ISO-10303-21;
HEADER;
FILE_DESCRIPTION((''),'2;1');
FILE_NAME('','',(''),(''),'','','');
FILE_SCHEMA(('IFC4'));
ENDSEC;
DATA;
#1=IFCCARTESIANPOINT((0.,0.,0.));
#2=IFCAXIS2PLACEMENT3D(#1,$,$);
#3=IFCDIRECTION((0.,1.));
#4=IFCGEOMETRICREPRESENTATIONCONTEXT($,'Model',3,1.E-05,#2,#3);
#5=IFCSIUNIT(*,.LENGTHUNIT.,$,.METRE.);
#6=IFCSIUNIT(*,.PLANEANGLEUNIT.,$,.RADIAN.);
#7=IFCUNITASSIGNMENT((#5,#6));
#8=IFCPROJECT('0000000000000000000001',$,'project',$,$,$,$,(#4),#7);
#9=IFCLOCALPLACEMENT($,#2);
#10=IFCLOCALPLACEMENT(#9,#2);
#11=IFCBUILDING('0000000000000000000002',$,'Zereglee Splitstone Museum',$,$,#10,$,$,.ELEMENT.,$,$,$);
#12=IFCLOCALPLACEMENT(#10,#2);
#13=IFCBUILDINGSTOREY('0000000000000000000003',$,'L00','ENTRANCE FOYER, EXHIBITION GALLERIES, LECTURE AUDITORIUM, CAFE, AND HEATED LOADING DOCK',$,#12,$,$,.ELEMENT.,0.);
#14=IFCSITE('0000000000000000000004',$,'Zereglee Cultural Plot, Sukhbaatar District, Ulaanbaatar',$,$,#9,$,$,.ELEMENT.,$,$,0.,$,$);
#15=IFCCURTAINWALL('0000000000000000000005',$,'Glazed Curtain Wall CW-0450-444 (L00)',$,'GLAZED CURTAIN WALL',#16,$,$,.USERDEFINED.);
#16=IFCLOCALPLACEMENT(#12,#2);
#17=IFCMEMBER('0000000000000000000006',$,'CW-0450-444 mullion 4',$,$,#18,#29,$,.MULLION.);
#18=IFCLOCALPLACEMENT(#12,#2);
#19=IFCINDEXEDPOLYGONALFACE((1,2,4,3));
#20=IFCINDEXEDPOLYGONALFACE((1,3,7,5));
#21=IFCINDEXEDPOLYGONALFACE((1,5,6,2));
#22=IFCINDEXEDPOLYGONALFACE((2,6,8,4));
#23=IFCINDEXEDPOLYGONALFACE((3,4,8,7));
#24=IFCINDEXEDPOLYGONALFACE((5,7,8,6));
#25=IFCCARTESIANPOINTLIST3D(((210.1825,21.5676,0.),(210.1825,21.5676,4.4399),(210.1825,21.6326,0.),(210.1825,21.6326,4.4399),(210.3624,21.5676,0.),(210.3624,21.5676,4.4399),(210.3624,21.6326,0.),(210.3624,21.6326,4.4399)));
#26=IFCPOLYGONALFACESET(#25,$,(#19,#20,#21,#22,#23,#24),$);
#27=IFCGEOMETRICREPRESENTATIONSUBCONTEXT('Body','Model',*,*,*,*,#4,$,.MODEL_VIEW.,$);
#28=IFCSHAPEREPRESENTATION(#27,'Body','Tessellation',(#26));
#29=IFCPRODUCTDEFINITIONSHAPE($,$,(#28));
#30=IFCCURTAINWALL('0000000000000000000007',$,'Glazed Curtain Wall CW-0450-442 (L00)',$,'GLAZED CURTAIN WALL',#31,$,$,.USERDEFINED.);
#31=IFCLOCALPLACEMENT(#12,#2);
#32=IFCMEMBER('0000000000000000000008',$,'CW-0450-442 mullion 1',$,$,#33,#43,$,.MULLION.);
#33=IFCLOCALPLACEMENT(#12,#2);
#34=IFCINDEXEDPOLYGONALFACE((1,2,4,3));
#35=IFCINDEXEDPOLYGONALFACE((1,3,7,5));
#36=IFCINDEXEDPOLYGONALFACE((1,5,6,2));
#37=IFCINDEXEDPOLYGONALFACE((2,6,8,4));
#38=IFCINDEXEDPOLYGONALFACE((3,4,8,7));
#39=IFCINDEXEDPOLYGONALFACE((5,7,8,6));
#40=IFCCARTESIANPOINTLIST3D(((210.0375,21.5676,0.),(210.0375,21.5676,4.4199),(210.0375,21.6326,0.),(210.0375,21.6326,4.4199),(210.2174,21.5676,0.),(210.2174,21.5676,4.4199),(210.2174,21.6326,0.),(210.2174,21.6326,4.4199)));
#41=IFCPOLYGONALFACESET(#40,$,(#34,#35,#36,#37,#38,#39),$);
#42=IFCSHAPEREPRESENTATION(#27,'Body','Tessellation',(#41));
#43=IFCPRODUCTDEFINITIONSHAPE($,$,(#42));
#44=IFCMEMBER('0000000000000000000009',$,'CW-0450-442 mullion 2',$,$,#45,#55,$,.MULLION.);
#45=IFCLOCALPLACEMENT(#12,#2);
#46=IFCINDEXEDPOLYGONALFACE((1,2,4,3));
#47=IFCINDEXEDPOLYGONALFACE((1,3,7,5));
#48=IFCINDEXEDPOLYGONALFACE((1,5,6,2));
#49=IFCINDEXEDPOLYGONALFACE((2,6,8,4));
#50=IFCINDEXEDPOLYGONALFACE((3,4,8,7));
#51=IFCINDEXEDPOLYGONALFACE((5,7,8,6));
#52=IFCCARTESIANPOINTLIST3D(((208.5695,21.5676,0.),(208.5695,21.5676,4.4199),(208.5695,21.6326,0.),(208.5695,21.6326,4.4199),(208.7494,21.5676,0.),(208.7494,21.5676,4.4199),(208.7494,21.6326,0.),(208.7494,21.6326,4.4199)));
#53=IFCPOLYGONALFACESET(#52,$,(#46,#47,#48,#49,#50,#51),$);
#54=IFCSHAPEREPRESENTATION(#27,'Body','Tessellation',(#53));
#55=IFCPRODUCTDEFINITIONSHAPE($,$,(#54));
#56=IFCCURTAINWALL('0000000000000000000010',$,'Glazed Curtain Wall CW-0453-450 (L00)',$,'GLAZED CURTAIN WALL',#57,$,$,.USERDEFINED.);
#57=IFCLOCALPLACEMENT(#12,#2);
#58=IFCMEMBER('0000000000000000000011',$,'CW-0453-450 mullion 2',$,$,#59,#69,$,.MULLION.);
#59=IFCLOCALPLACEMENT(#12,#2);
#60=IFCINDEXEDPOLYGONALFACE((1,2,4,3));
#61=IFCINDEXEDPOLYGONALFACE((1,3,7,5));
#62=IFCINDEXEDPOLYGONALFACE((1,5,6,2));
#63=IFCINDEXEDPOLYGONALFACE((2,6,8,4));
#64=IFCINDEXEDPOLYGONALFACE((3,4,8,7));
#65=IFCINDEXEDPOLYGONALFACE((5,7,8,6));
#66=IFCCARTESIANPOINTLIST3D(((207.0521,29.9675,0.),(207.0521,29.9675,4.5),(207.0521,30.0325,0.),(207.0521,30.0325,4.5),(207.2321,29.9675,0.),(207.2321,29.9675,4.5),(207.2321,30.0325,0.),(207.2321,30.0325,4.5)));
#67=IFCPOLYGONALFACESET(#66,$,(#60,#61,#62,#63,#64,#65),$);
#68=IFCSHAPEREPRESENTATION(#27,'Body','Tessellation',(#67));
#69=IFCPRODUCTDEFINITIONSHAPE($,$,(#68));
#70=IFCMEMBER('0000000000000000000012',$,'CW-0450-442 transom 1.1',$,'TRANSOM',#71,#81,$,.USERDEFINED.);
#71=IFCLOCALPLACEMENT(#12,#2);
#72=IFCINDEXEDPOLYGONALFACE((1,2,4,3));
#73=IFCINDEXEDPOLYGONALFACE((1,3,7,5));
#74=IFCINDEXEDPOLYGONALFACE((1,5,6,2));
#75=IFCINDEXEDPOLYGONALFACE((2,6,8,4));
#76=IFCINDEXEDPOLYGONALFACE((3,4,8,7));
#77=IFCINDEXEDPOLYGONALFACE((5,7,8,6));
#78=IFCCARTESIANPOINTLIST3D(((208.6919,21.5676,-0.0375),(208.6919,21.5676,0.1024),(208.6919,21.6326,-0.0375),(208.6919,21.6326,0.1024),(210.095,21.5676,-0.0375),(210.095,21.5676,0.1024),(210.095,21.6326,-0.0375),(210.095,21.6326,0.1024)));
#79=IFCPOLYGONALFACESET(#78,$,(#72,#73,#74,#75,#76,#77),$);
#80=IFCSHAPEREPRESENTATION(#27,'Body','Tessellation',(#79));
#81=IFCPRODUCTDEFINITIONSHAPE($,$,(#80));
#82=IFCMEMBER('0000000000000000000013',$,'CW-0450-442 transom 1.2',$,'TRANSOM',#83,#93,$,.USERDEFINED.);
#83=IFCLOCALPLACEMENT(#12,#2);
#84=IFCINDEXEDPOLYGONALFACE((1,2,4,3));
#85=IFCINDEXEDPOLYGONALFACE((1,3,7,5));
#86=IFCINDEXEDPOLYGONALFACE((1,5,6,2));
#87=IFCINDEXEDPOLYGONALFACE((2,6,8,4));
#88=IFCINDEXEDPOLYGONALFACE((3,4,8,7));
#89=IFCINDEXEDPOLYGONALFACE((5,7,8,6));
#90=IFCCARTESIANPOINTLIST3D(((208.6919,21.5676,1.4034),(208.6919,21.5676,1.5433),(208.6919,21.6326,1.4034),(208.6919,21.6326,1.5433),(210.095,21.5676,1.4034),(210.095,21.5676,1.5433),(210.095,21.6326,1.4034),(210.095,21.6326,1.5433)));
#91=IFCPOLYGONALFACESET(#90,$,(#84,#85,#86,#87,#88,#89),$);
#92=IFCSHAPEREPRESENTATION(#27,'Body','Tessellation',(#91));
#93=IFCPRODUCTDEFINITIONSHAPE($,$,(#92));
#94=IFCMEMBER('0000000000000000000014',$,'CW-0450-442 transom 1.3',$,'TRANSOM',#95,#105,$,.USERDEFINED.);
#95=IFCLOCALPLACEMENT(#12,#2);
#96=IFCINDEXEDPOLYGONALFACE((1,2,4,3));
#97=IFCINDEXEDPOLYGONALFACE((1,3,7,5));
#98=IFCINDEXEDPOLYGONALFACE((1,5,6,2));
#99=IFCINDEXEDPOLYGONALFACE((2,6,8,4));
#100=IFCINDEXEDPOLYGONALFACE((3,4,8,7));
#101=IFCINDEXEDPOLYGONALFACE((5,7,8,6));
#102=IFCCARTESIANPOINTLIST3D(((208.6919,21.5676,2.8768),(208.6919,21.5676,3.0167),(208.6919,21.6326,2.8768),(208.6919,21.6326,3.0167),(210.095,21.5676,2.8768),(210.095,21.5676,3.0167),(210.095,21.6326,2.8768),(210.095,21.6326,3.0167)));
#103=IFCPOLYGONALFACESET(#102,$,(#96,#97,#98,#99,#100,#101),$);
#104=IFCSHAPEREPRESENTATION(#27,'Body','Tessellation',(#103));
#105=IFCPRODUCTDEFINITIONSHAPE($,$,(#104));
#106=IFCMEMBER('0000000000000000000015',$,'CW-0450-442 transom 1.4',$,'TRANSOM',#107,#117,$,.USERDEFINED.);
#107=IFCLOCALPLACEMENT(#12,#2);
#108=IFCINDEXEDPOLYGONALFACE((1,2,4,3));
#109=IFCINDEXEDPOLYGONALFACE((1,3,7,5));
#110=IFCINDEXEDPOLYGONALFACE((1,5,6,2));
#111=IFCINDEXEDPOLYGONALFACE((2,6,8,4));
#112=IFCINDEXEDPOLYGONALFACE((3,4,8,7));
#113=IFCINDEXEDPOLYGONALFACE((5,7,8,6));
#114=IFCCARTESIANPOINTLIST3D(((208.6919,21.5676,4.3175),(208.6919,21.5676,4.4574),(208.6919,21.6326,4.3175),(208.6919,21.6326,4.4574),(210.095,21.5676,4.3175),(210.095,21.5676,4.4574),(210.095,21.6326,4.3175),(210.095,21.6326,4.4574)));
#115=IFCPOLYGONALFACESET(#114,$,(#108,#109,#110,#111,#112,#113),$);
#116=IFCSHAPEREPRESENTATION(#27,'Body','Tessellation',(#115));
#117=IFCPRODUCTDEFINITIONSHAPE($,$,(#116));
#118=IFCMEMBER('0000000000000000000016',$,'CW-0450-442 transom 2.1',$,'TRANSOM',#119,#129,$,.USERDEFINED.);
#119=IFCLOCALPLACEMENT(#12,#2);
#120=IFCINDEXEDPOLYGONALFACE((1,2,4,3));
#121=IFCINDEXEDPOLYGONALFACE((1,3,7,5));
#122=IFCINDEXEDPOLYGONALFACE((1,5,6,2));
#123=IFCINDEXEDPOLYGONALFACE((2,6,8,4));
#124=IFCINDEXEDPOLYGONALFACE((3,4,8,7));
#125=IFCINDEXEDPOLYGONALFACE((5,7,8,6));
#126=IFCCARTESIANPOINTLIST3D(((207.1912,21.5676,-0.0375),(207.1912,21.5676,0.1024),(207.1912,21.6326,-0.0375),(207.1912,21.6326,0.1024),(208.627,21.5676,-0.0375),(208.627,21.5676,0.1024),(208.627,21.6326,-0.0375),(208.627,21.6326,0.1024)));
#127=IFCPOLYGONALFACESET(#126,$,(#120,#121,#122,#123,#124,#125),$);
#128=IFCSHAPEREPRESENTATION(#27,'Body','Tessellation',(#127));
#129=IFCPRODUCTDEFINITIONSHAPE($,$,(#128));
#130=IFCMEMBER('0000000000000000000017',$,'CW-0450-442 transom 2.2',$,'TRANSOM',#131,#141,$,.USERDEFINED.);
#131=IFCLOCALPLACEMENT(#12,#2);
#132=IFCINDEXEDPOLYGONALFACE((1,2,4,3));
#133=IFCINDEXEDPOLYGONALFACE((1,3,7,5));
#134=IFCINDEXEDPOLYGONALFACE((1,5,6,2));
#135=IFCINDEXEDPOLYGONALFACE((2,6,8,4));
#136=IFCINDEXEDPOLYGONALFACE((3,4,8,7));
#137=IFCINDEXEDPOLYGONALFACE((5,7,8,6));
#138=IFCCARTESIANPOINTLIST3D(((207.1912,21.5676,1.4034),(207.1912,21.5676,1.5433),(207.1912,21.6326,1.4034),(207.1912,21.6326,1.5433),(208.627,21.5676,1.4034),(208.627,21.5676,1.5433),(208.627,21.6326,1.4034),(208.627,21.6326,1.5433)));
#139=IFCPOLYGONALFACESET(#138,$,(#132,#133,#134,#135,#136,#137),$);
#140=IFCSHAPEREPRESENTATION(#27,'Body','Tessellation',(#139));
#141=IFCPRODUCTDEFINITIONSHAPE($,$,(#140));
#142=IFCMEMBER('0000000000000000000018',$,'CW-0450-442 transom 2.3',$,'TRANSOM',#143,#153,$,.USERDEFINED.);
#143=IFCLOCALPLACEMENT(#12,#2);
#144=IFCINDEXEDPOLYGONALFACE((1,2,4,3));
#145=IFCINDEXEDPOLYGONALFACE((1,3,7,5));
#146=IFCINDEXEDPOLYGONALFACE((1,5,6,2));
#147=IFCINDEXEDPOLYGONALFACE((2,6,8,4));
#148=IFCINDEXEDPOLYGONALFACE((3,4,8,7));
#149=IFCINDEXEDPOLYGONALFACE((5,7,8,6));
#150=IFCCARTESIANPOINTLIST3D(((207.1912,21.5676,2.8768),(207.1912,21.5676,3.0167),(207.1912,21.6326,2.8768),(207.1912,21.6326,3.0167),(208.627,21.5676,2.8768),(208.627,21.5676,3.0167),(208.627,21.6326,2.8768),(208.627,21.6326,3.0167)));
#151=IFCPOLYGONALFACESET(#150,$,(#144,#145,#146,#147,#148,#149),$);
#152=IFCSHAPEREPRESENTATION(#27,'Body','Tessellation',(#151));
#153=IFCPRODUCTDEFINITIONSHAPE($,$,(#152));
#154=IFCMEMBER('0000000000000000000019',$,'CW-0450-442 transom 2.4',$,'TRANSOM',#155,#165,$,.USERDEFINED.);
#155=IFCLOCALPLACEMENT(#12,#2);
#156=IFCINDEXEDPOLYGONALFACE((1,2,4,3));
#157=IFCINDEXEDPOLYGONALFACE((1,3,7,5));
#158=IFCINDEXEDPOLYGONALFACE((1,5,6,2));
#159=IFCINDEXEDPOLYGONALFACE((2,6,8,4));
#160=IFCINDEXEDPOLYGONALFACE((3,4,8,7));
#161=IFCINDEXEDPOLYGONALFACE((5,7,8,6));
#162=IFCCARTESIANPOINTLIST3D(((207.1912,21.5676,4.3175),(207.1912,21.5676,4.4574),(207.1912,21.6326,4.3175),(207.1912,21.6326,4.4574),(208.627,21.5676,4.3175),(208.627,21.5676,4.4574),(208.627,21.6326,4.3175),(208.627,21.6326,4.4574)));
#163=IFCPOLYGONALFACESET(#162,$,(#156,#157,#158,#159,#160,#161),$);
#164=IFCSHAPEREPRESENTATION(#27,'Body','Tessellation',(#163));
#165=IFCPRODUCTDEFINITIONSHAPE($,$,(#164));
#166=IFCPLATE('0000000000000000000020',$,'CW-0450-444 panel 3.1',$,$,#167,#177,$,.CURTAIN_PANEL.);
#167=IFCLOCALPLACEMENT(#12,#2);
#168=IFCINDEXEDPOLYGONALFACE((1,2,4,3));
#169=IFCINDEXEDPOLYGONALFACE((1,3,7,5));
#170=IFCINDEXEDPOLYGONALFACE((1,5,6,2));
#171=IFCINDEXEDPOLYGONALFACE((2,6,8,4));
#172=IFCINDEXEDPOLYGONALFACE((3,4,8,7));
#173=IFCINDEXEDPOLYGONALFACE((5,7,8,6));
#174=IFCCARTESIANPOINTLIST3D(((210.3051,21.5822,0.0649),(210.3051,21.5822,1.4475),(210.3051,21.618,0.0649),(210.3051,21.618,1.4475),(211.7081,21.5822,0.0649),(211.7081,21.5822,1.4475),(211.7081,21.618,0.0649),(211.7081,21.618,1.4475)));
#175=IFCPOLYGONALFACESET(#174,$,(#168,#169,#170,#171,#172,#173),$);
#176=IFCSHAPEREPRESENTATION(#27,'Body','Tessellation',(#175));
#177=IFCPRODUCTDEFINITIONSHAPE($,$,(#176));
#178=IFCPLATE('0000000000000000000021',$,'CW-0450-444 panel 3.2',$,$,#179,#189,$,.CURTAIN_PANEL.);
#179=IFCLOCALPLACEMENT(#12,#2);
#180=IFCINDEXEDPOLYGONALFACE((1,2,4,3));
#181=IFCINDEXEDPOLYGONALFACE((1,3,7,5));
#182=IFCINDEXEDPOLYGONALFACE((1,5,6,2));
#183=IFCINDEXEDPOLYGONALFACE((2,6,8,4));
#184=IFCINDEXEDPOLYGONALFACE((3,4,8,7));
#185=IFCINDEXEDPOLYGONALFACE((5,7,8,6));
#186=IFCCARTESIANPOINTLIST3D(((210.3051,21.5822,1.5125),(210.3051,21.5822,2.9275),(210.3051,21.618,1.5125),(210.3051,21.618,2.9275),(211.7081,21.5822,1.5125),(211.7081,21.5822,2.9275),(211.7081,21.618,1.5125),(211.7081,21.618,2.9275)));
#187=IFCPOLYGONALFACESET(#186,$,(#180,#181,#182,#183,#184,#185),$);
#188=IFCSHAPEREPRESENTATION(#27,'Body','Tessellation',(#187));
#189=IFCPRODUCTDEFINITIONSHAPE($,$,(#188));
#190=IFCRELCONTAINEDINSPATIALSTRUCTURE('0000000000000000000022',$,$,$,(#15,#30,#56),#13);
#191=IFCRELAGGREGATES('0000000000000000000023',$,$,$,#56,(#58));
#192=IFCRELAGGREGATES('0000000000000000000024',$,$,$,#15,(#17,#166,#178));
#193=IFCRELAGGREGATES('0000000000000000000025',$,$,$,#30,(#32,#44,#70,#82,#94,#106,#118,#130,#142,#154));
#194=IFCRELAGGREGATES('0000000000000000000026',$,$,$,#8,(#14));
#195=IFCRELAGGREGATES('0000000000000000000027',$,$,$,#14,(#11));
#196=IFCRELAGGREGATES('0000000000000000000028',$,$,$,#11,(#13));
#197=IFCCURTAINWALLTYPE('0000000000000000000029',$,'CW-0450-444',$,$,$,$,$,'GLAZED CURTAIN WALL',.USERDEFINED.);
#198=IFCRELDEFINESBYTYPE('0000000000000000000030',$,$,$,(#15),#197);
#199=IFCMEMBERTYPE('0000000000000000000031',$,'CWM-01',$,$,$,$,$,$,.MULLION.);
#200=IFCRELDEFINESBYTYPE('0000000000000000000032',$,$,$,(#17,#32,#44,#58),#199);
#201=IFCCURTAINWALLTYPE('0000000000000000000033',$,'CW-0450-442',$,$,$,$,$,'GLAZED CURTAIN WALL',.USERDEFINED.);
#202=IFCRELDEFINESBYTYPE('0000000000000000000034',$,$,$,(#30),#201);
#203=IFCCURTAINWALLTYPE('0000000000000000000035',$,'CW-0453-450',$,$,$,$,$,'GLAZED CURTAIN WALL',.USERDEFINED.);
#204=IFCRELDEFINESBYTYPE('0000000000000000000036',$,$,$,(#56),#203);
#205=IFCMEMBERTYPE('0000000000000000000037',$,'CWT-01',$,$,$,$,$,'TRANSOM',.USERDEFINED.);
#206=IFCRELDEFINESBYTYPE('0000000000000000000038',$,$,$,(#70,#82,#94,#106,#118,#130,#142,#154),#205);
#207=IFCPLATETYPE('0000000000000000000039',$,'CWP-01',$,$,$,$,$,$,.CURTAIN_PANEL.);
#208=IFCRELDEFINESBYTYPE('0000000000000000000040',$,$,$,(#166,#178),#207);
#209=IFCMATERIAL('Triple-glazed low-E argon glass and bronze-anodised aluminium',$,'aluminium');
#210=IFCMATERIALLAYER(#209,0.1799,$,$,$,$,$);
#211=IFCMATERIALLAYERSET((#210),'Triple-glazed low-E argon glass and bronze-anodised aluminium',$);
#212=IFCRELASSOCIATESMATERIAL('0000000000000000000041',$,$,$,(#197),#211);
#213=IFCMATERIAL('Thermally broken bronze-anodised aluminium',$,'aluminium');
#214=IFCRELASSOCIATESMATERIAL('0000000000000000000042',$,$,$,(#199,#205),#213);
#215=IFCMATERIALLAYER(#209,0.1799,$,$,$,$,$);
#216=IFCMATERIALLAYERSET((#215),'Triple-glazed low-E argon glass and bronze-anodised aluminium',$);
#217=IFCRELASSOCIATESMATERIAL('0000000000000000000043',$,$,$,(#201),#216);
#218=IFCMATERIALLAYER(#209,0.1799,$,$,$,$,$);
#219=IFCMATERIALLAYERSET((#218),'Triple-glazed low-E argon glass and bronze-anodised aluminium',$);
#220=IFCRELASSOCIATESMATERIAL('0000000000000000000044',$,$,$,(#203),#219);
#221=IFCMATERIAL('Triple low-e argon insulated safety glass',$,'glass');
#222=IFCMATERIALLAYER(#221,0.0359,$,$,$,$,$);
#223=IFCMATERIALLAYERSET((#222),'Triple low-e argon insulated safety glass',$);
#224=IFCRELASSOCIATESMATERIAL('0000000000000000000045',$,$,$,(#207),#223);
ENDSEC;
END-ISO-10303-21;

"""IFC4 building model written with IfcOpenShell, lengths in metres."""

from ifc_helpers import new_model, si_unit, direction, frame, origin, origin_2d, place, context, subcontext, project, spatial, rectangle, extrude, material, layer, layer_set, material_profile, profile_set, type_object, element, aggregate, save


model = new_model("IFC4")

# Units and contexts
model_context = context("Model", 3, precision=1e-05, world=origin(), true_north=direction((0.0, 1.0)))
body_context = subcontext(model_context, "Body", "Model", "MODEL_VIEW")
ifc_project = project(units=[si_unit("LENGTHUNIT", "METRE"), si_unit("PLANEANGLEUNIT", "RADIAN")], contexts=[model_context])

# Site, building, storey
site_placement = place(None, origin())
site = spatial("IfcSite", under=ifc_project, at=site_placement, Name="Zereglee Cultural Plot, Sukhbaatar District, Ulaanbaatar", CompositionType="ELEMENT", RefElevation=0.0)
building_placement = place(site_placement, origin())
building = spatial("IfcBuilding", under=site, at=building_placement, Name="Zereglee Splitstone Museum", CompositionType="ELEMENT")
storey_placement = place(building_placement, origin())
storey = spatial("IfcBuildingStorey", under=building, at=storey_placement, Name="L00", Description="ENTRANCE FOYER, EXHIBITION GALLERIES, LECTURE AUDITORIUM, CAFE, AND HEATED LOADING DOCK", CompositionType="ELEMENT", Elevation=0.0)

# Curtain wall, member
ifc_material_1 = material(Name="Triple-glazed low-E argon glass and bronze-anodised aluminium", Category="aluminium")
ifc_layer_1 = layer(ifc_material_1, 0.1799)
ifc_layer_set_1 = layer_set([ifc_layer_1], Name="Triple-glazed low-E argon glass and bronze-anodised aluminium")
curtain_wall_type_1 = type_object("IfcCurtainWallType", Name="CW-0450-444", ElementType="GLAZED CURTAIN WALL", PredefinedType="USERDEFINED", material=ifc_layer_set_1)
curtain_wall_1_placement = place(storey_placement, origin())
curtain_wall_1 = element("IfcCurtainWall", 1, at=curtain_wall_1_placement, inside=storey, type_object=curtain_wall_type_1, Name="Glazed Curtain Wall CW-0450-444 (L00)", ObjectType="GLAZED CURTAIN WALL", PredefinedType="USERDEFINED")
ifc_material_2 = material(Name="Thermally broken bronze-anodised aluminium", Category="aluminium")
ifc_material_profile_1 = material_profile(ifc_material_2, rectangle(XDim=0.0649, YDim=0.1799, at=origin_2d()), Name="CW MULL 65x180")
ifc_profile_set_1 = profile_set([ifc_material_profile_1], Name="Thermally broken bronze-anodised aluminium")
member_type_1 = type_object("IfcMemberType", Name="CWM-01", PredefinedType="MULLION", material=ifc_profile_set_1)
member_1_placement = place(storey_placement, frame((210.2725, 21.6001, 0.0), z_axis=(0.0, 0.0, 1.0), x_axis=(0.0, -1.0, 0.0)))
member_1 = element("IfcMember", 2, at=member_1_placement, type_object=member_type_1, Name="CW-0450-444 mullion 4", PredefinedType="MULLION", context=body_context, shape_type="SweptSolid", body=[
    extrude(rectangle(XDim=0.0649, YDim=0.1799, at=origin_2d()), origin(), (0.0, 0.0, 1.0), 4.4399),
])

# Curtain wall, members
ifc_layer_2 = layer(ifc_material_1, 0.1799)
ifc_layer_set_2 = layer_set([ifc_layer_2], Name="Triple-glazed low-E argon glass and bronze-anodised aluminium")
curtain_wall_type_2 = type_object("IfcCurtainWallType", Name="CW-0450-442", ElementType="GLAZED CURTAIN WALL", PredefinedType="USERDEFINED", material=ifc_layer_set_2)
curtain_wall_2_placement = place(storey_placement, origin())
curtain_wall_2 = element("IfcCurtainWall", 3, at=curtain_wall_2_placement, inside=storey, type_object=curtain_wall_type_2, Name="Glazed Curtain Wall CW-0450-442 (L00)", ObjectType="GLAZED CURTAIN WALL", PredefinedType="USERDEFINED")
member_2_placement = place(storey_placement, frame((210.1274, 21.6001, 0.0), z_axis=(0.0, 0.0, 1.0), x_axis=(0.0, -1.0, 0.0)))
member_2 = element("IfcMember", 4, at=member_2_placement, type_object=member_type_1, Name="CW-0450-442 mullion 1", PredefinedType="MULLION", context=body_context, shape_type="SweptSolid", body=[
    extrude(rectangle(XDim=0.0649, YDim=0.1799, at=origin_2d()), origin(), (0.0, 0.0, 1.0), 4.4199),
])
member_3_placement = place(storey_placement, frame((208.6594, 21.6001, 0.0), z_axis=(0.0, 0.0, 1.0), x_axis=(0.0, -1.0, 0.0)))
member_3 = element("IfcMember", 5, at=member_3_placement, type_object=member_type_1, Name="CW-0450-442 mullion 2", PredefinedType="MULLION", context=body_context, shape_type="SweptSolid", body=[
    extrude(rectangle(XDim=0.0649, YDim=0.1799, at=origin_2d()), origin(), (0.0, 0.0, 1.0), 4.4199),
])

# Curtain wall, member
ifc_layer_3 = layer(ifc_material_1, 0.1799)
ifc_layer_set_3 = layer_set([ifc_layer_3], Name="Triple-glazed low-E argon glass and bronze-anodised aluminium")
curtain_wall_type_3 = type_object("IfcCurtainWallType", Name="CW-0453-450", ElementType="GLAZED CURTAIN WALL", PredefinedType="USERDEFINED", material=ifc_layer_set_3)
curtain_wall_3_placement = place(storey_placement, origin())
curtain_wall_3 = element("IfcCurtainWall", 6, at=curtain_wall_3_placement, inside=storey, type_object=curtain_wall_type_3, Name="Glazed Curtain Wall CW-0453-450 (L00)", ObjectType="GLAZED CURTAIN WALL", PredefinedType="USERDEFINED")
member_4_placement = place(storey_placement, frame((207.1421, 30.0, 0.0), z_axis=(0.0, 0.0, 1.0), x_axis=(0.0, 1.0, 0.0)))
member_4 = element("IfcMember", 7, at=member_4_placement, type_object=member_type_1, Name="CW-0453-450 mullion 2", PredefinedType="MULLION", context=body_context, shape_type="SweptSolid", body=[
    extrude(rectangle(XDim=0.0649, YDim=0.1799, at=origin_2d()), origin(), (0.0, 0.0, 1.0), 4.5),
])
aggregate(curtain_wall_3, [member_4])

# Members
ifc_material_profile_2 = material_profile(ifc_material_2, rectangle(XDim=0.0649, YDim=0.1399, at=origin_2d()), Name="CW TRAN 65x140")
ifc_profile_set_2 = profile_set([ifc_material_profile_2], Name="Thermally broken bronze-anodised aluminium")
member_type_2 = type_object("IfcMemberType", Name="CWT-01", ElementType="TRANSOM", PredefinedType="USERDEFINED", material=ifc_profile_set_2)
member_5_placement = place(storey_placement, frame((210.095, 21.6001, 0.0325), z_axis=(-1.0, 0.0, 0.0), x_axis=(0.0, -1.0, 0.0)))
member_5 = element("IfcMember", 8, at=member_5_placement, type_object=member_type_2, Name="CW-0450-442 transom 1.1", ObjectType="TRANSOM", PredefinedType="USERDEFINED", context=body_context, shape_type="SweptSolid", body=[
    extrude(rectangle(XDim=0.0649, YDim=0.1399, at=origin_2d()), origin(), (0.0, 0.0, 1.0), 1.4031),
])
member_6_placement = place(storey_placement, frame((210.095, 21.6001, 1.4734), z_axis=(-1.0, 0.0, 0.0), x_axis=(0.0, -1.0, 0.0)))
member_6 = element("IfcMember", 9, at=member_6_placement, type_object=member_type_2, Name="CW-0450-442 transom 1.2", ObjectType="TRANSOM", PredefinedType="USERDEFINED", context=body_context, shape_type="SweptSolid", body=[
    extrude(rectangle(XDim=0.0649, YDim=0.1399, at=origin_2d()), origin(), (0.0, 0.0, 1.0), 1.4031),
])
member_7_placement = place(storey_placement, frame((210.095, 21.6001, 2.9468), z_axis=(-1.0, 0.0, 0.0), x_axis=(0.0, -1.0, 0.0)))
member_7 = element("IfcMember", 10, at=member_7_placement, type_object=member_type_2, Name="CW-0450-442 transom 1.3", ObjectType="TRANSOM", PredefinedType="USERDEFINED", context=body_context, shape_type="SweptSolid", body=[
    extrude(rectangle(XDim=0.0649, YDim=0.1399, at=origin_2d()), origin(), (0.0, 0.0, 1.0), 1.4031),
])
member_8_placement = place(storey_placement, frame((210.095, 21.6001, 4.3875), z_axis=(-1.0, 0.0, 0.0), x_axis=(0.0, -1.0, 0.0)))
member_8 = element("IfcMember", 11, at=member_8_placement, type_object=member_type_2, Name="CW-0450-442 transom 1.4", ObjectType="TRANSOM", PredefinedType="USERDEFINED", context=body_context, shape_type="SweptSolid", body=[
    extrude(rectangle(XDim=0.0649, YDim=0.1399, at=origin_2d()), origin(), (0.0, 0.0, 1.0), 1.4031),
])
member_9_placement = place(storey_placement, frame((208.627, 21.6001, 0.0325), z_axis=(-1.0, 0.0, 0.0), x_axis=(0.0, -1.0, 0.0)))
member_9 = element("IfcMember", 12, at=member_9_placement, type_object=member_type_2, Name="CW-0450-442 transom 2.1", ObjectType="TRANSOM", PredefinedType="USERDEFINED", context=body_context, shape_type="SweptSolid", body=[
    extrude(rectangle(XDim=0.0649, YDim=0.1399, at=origin_2d()), origin(), (0.0, 0.0, 1.0), 1.4358),
])
member_10_placement = place(storey_placement, frame((208.627, 21.6001, 1.4734), z_axis=(-1.0, 0.0, 0.0), x_axis=(0.0, -1.0, 0.0)))
member_10 = element("IfcMember", 13, at=member_10_placement, type_object=member_type_2, Name="CW-0450-442 transom 2.2", ObjectType="TRANSOM", PredefinedType="USERDEFINED", context=body_context, shape_type="SweptSolid", body=[
    extrude(rectangle(XDim=0.0649, YDim=0.1399, at=origin_2d()), origin(), (0.0, 0.0, 1.0), 1.4358),
])
member_11_placement = place(storey_placement, frame((208.627, 21.6001, 2.9468), z_axis=(-1.0, 0.0, 0.0), x_axis=(0.0, -1.0, 0.0)))
member_11 = element("IfcMember", 14, at=member_11_placement, type_object=member_type_2, Name="CW-0450-442 transom 2.3", ObjectType="TRANSOM", PredefinedType="USERDEFINED", context=body_context, shape_type="SweptSolid", body=[
    extrude(rectangle(XDim=0.0649, YDim=0.1399, at=origin_2d()), origin(), (0.0, 0.0, 1.0), 1.4358),
])
member_12_placement = place(storey_placement, frame((208.627, 21.6001, 4.3875), z_axis=(-1.0, 0.0, 0.0), x_axis=(0.0, -1.0, 0.0)))
member_12 = element("IfcMember", 15, at=member_12_placement, type_object=member_type_2, Name="CW-0450-442 transom 2.4", ObjectType="TRANSOM", PredefinedType="USERDEFINED", context=body_context, shape_type="SweptSolid", body=[
    extrude(rectangle(XDim=0.0649, YDim=0.1399, at=origin_2d()), origin(), (0.0, 0.0, 1.0), 1.4358),
])

# Plates
ifc_material_3 = material(Name="Triple low-e argon insulated safety glass", Category="glass")
ifc_layer_4 = layer(ifc_material_3, 0.0359)
ifc_layer_set_4 = layer_set([ifc_layer_4], Name="Triple low-e argon insulated safety glass")
plate_type = type_object("IfcPlateType", Name="CWP-01", PredefinedType="CURTAIN_PANEL", material=ifc_layer_set_4)
plate_1_placement = place(storey_placement, frame((211.0066, 21.6001, 0.0649), z_axis=(0.0, 0.0, 1.0), x_axis=(-1.0, 0.0, 0.0)))
plate_1 = element("IfcPlate", 16, at=plate_1_placement, type_object=plate_type, Name="CW-0450-444 panel 3.1", PredefinedType="CURTAIN_PANEL", context=body_context, shape_type="SweptSolid", body=[
    extrude(rectangle(XDim=1.4031, YDim=0.0359, at=origin_2d()), origin(), (0.0, 0.0, 1.0), 1.3826),
])
plate_2_placement = place(storey_placement, frame((211.0066, 21.6001, 1.5125), z_axis=(0.0, 0.0, 1.0), x_axis=(-1.0, 0.0, 0.0)))
plate_2 = element("IfcPlate", 17, at=plate_2_placement, type_object=plate_type, Name="CW-0450-444 panel 3.2", PredefinedType="CURTAIN_PANEL", context=body_context, shape_type="SweptSolid", body=[
    extrude(rectangle(XDim=1.4031, YDim=0.0359, at=origin_2d()), origin(), (0.0, 0.0, 1.0), 1.415),
])
aggregate(curtain_wall_1, [member_1, plate_1, plate_2])
aggregate(curtain_wall_2, [member_2, member_3, member_5, member_6, member_7, member_8, member_9, member_10, member_11, member_12])

save(model, "model.ifc")
